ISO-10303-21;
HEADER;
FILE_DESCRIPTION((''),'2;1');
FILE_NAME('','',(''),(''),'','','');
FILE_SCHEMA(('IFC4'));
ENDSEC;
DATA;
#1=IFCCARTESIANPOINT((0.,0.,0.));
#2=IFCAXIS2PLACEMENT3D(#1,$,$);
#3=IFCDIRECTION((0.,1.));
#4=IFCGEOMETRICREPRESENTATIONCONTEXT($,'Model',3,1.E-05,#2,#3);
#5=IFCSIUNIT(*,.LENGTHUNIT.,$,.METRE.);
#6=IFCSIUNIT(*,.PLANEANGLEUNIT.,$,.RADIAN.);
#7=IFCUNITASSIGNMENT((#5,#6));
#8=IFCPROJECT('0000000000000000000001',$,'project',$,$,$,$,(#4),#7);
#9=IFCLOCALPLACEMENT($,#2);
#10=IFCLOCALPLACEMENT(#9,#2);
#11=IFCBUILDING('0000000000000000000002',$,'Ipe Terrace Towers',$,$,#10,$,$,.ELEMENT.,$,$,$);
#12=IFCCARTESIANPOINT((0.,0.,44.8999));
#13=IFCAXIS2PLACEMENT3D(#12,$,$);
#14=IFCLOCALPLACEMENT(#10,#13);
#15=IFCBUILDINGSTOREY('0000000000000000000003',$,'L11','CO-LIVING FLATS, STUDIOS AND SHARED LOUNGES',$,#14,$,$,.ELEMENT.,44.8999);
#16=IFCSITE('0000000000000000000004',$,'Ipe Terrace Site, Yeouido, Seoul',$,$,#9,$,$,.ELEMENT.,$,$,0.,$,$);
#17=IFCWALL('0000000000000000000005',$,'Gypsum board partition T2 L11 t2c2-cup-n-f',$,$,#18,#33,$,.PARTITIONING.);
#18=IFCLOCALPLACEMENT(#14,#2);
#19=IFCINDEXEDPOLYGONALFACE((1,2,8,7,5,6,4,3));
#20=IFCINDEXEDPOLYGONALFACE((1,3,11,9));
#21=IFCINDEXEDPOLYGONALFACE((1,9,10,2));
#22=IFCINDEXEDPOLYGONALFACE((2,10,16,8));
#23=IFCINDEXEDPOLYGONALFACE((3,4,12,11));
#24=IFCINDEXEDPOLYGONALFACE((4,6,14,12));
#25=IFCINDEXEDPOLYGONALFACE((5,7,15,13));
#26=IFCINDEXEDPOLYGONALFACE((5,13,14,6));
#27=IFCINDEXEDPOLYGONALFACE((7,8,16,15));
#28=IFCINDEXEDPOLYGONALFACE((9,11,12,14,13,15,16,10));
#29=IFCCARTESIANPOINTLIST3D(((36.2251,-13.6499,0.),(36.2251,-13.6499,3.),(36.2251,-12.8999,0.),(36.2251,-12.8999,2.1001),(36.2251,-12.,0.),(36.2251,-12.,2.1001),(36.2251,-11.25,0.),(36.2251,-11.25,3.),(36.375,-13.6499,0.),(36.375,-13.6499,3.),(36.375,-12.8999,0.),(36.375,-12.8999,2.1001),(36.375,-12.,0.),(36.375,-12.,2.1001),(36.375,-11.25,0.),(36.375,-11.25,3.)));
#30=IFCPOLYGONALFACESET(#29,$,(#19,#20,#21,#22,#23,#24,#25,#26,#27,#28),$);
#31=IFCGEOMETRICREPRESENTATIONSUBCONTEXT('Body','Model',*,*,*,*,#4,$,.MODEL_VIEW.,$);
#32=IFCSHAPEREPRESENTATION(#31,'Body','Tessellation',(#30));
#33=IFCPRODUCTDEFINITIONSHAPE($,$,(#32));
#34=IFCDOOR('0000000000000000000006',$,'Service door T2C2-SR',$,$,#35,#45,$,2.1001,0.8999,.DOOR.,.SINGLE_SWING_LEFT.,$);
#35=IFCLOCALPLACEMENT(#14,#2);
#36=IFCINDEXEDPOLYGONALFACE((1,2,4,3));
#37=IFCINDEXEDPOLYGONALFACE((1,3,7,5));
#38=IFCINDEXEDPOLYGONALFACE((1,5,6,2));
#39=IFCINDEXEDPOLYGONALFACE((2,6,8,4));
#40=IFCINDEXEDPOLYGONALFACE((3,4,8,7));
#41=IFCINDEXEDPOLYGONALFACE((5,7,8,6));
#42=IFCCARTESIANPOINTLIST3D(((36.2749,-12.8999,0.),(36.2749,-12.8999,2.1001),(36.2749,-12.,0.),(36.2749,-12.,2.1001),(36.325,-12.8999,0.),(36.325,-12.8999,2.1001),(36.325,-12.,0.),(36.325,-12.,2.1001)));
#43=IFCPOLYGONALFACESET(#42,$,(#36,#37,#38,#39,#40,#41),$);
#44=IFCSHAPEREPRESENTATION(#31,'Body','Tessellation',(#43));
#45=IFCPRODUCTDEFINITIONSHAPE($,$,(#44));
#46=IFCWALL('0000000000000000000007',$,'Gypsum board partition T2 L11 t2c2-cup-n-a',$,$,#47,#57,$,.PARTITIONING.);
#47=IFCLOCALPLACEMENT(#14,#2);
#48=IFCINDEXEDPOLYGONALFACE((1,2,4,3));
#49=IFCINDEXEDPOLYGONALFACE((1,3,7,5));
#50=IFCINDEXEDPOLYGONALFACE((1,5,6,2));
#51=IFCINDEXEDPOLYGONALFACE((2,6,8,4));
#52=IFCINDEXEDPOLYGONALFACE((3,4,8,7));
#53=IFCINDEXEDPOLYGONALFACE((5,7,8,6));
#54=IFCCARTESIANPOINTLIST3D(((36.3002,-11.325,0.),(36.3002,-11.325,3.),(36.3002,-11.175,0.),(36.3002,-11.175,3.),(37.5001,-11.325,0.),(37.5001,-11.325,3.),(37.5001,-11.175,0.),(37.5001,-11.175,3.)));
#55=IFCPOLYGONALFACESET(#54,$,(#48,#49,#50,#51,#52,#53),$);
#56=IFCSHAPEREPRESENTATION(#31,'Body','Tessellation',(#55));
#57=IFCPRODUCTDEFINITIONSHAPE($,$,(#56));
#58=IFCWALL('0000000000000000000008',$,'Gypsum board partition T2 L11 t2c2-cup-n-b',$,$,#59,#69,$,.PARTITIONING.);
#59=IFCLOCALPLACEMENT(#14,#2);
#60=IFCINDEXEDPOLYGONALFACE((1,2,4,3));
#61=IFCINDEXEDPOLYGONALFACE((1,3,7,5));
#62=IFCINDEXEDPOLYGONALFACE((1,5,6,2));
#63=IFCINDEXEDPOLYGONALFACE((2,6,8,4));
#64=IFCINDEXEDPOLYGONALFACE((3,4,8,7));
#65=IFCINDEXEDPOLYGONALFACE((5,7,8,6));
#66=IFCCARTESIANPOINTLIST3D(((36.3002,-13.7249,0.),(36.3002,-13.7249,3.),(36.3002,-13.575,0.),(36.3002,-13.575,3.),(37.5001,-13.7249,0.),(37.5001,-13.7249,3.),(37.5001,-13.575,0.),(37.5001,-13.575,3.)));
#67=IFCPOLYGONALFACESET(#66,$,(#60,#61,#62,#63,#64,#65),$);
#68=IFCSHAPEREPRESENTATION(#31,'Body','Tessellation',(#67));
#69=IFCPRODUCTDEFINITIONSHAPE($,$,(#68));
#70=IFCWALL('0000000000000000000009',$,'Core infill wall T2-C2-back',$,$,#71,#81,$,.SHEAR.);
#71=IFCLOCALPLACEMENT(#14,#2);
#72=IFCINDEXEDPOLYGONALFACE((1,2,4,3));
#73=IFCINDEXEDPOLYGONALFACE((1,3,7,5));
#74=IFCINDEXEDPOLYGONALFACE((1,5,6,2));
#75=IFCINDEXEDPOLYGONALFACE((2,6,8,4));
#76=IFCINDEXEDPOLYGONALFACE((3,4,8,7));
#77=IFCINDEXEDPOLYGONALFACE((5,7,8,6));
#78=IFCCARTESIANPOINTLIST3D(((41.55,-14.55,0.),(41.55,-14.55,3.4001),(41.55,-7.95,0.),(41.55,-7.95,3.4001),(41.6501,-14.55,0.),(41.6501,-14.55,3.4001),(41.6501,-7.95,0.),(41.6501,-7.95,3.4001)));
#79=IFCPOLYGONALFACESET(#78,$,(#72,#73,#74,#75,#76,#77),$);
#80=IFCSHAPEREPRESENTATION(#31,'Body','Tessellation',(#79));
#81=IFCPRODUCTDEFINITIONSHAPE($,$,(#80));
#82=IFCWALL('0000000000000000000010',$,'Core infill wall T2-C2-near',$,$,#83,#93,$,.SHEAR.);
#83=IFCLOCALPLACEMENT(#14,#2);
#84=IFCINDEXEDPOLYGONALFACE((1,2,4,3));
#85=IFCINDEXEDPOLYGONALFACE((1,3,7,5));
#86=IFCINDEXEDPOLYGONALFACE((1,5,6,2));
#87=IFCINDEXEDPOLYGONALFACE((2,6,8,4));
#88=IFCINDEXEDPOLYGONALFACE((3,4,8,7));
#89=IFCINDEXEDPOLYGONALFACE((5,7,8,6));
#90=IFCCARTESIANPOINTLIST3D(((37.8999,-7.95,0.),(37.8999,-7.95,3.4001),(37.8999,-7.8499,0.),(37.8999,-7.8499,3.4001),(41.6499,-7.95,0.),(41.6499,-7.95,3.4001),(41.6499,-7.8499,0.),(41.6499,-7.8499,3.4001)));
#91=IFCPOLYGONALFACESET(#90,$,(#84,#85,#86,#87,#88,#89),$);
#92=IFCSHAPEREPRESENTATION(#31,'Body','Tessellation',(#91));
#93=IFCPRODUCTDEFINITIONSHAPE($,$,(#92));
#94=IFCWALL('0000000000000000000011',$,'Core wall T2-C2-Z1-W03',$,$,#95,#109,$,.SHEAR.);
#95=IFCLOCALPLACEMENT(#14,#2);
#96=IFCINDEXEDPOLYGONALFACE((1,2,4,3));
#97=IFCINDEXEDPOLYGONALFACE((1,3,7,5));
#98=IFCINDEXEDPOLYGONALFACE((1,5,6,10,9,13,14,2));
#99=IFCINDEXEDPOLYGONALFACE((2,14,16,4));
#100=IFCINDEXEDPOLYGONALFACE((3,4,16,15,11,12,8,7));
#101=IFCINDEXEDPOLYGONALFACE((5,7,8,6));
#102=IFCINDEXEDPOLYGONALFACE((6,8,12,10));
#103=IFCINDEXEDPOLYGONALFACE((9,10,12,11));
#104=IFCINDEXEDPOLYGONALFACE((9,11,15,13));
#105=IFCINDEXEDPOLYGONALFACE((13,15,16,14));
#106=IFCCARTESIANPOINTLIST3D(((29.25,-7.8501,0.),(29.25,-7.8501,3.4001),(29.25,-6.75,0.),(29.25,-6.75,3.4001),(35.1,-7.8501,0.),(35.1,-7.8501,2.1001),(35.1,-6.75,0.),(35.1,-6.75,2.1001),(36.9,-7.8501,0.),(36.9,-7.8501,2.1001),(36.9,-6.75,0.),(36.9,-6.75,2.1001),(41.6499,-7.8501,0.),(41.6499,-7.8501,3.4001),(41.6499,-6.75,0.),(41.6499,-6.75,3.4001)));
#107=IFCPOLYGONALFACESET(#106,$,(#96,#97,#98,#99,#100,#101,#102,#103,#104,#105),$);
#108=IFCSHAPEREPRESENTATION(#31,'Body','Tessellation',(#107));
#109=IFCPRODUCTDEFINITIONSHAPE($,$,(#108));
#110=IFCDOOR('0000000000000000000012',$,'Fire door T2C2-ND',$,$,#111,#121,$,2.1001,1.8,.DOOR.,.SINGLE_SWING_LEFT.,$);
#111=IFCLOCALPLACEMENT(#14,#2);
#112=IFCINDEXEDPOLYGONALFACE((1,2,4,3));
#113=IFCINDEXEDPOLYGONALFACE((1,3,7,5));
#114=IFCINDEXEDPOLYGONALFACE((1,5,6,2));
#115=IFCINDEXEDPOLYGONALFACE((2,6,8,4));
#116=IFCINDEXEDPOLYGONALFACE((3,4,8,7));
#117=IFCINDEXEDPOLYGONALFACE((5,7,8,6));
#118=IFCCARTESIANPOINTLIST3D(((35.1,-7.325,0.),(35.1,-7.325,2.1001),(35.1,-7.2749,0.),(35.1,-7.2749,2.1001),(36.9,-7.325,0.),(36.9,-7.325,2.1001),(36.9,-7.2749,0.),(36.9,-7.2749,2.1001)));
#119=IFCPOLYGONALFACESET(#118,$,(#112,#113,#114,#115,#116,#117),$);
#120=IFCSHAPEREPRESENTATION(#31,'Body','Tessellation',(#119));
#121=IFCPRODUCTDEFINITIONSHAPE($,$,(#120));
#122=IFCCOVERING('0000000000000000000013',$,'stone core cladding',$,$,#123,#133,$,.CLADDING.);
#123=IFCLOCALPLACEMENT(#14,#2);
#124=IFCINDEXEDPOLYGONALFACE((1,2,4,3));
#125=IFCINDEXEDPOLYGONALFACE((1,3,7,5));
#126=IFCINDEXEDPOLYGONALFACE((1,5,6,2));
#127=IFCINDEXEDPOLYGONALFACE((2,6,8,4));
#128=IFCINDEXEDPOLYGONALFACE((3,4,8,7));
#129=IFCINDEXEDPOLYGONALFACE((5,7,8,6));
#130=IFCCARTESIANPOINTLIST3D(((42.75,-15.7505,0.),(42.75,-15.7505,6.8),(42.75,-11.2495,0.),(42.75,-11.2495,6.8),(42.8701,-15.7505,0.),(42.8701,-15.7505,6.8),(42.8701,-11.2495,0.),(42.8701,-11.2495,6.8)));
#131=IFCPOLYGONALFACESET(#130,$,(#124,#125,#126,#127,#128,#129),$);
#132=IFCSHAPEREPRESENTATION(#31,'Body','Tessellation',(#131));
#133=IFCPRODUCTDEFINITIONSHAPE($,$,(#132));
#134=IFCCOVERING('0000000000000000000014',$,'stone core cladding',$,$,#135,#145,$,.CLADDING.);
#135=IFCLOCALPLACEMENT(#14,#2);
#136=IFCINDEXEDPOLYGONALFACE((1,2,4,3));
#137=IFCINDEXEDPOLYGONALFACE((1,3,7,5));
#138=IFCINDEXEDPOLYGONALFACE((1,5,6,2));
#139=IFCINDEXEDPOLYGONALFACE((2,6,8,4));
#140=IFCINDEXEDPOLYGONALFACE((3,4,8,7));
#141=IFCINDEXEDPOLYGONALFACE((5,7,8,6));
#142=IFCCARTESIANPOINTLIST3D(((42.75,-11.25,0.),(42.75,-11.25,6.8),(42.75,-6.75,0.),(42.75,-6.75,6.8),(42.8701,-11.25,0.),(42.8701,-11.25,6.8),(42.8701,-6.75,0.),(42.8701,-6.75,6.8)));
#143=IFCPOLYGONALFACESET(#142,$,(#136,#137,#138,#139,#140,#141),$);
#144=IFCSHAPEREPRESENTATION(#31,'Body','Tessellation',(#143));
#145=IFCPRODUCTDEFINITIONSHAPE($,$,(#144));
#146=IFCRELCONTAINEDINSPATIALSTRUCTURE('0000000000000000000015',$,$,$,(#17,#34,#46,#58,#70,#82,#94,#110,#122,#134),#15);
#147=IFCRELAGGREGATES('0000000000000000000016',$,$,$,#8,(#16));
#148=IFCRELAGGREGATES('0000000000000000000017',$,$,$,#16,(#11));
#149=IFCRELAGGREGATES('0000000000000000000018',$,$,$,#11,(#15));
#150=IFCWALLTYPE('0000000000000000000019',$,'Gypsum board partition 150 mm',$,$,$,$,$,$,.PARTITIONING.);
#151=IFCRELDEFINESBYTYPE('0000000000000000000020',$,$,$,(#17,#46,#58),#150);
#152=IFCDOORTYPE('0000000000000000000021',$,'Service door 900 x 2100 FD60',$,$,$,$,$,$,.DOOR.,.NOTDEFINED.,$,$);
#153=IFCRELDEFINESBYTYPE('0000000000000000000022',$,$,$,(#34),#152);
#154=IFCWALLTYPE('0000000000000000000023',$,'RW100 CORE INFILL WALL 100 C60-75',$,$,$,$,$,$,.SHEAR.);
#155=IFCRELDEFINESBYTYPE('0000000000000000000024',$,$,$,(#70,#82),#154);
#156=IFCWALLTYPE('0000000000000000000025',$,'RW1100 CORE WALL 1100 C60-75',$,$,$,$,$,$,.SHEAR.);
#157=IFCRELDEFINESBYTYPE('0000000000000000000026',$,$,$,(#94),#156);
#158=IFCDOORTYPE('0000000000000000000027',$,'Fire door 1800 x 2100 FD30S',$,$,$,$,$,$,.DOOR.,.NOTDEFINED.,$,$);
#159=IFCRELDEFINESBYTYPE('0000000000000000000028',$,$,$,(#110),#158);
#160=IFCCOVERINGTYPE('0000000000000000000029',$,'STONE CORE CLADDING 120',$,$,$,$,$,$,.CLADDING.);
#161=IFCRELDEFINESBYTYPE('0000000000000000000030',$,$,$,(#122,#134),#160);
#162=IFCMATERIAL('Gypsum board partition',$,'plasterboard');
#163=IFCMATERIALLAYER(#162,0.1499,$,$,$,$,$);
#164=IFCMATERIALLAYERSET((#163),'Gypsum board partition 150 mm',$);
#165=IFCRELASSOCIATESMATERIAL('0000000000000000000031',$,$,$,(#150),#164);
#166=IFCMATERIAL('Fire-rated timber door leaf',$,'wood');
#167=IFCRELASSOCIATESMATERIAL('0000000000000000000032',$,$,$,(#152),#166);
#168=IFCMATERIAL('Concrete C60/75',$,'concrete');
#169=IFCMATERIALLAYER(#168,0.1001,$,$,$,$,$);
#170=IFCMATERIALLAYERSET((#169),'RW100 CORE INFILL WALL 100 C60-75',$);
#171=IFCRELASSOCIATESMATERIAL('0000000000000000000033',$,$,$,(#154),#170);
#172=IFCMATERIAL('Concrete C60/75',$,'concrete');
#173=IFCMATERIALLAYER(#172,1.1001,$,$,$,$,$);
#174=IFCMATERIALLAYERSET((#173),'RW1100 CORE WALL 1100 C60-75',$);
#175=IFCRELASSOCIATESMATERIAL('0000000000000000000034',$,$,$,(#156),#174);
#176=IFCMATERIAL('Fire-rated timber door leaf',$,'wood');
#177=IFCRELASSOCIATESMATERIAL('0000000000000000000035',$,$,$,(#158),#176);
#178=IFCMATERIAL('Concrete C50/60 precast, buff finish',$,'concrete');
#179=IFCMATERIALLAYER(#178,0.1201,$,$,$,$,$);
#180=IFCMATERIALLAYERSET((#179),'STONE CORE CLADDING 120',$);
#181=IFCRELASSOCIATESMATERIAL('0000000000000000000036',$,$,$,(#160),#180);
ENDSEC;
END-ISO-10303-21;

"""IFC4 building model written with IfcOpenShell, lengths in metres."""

from ifc_helpers import new_model, si_unit, direction, frame, frame_2d, origin, origin_2d, place, context, subcontext, project, spatial, rectangle, extrude, material, layer, layer_set, type_object, element, fill, save


model = new_model("IFC4")

# Units and contexts
model_context = context("Model", 3, precision=1e-05, world=origin(), true_north=direction((0.0, 1.0)))
body_context = subcontext(model_context, "Body", "Model", "MODEL_VIEW")
ifc_project = project(units=[si_unit("LENGTHUNIT", "METRE"), si_unit("PLANEANGLEUNIT", "RADIAN")], contexts=[model_context])

# Site, building, storey
site_placement = place(None, origin())
site = spatial("IfcSite", under=ifc_project, at=site_placement, Name="Ipe Terrace Site, Yeouido, Seoul", CompositionType="ELEMENT", RefElevation=0.0)
building_placement = place(site_placement, origin())
building = spatial("IfcBuilding", under=site, at=building_placement, Name="Ipe Terrace Towers", CompositionType="ELEMENT")
storey_placement = place(building_placement, frame((0.0, 0.0, 44.8999)))
storey = spatial("IfcBuildingStorey", under=building, at=storey_placement, Name="L11", Description="CO-LIVING FLATS, STUDIOS AND SHARED LOUNGES", CompositionType="ELEMENT", Elevation=44.8999)

# Wall, opening, door
ifc_material_1 = material(Name="Gypsum board partition", Category="plasterboard")
ifc_layer_1 = layer(ifc_material_1, 0.1499)
ifc_layer_set_1 = layer_set([ifc_layer_1], Name="Gypsum board partition 150 mm")
wall_type_1 = type_object("IfcWallType", Name="Gypsum board partition 150 mm", PredefinedType="PARTITIONING", material=ifc_layer_set_1)
wall_1_placement = place(storey_placement, frame((36.3, -11.25, 0.0), z_axis=(0.0, 0.0, 1.0), x_axis=(0.0, -1.0, 0.0)))
wall_1 = element("IfcWall", 1, at=wall_1_placement, inside=storey, type_object=wall_type_1, Name="Gypsum board partition T2 L11 t2c2-cup-n-f", PredefinedType="PARTITIONING", context=body_context, shape_type="SweptSolid", body=[
    extrude(rectangle(XDim=2.3999, YDim=0.1499, at=frame_2d((1.2, 0.0))), origin(), (0.0, 0.0, 1.0), 3.0),
])
opening_1_placement = place(wall_1_placement, frame((0.75, 0.0, 0.0)))
opening_1 = element("IfcOpeningElement", 2, at=opening_1_placement, cuts=wall_1, PredefinedType="OPENING", context=body_context, shape_type="SweptSolid", body=[
    extrude(rectangle(XDim=0.8999, YDim=2.1001, at=frame_2d((0.45, 1.05))), frame((0.0, 0.085, 0.0), z_axis=(0.0, -1.0, 0.0), x_axis=(1.0, 0.0, 0.0)), (0.0, 0.0, 1.0), 0.1699),
])
ifc_material_2 = material(Name="Fire-rated timber door leaf", Category="wood")
door_type_1 = type_object("IfcDoorType", Name="Service door 900 x 2100 FD60", OperationType="NOTDEFINED", PredefinedType="DOOR", material=ifc_material_2)
door_1_placement = place(opening_1_placement, origin())
door_1 = element("IfcDoor", 3, at=door_1_placement, inside=storey, type_object=door_type_1, Name="Service door T2C2-SR", OperationType="SINGLE_SWING_LEFT", OverallHeight=2.1001, OverallWidth=0.8999, PredefinedType="DOOR", context=body_context, shape_type="SweptSolid", body=[
    extrude(rectangle(XDim=0.8999, YDim=2.1001, at=frame_2d((0.45, 1.05))), frame((0.0, 0.0249, 0.0), z_axis=(0.0, -1.0, 0.0), x_axis=(1.0, 0.0, 0.0)), (0.0, 0.0, 1.0), 0.05),
])
fill(opening_1, door_1)

# Walls
for number, where, z_axis, x_axis, name in (
    (4, (36.3, -11.25, 0.0), (0.0, 0.0, 1.0), (1.0, 0.0, 0.0), "Gypsum board partition T2 L11 t2c2-cup-n-a"),
    (5, (36.3, -13.6499, 0.0), (0.0, 0.0, 1.0), (1.0, 0.0, 0.0), "Gypsum board partition T2 L11 t2c2-cup-n-b"),
):
    element("IfcWall", number, at=place(storey_placement, frame(where, z_axis=z_axis, x_axis=x_axis)), inside=storey, type_object=wall_type_1, Name=name, PredefinedType="PARTITIONING", context=body_context, shape_type="SweptSolid", body=[
        extrude(rectangle(XDim=1.2, YDim=0.1499, at=frame_2d((0.6001, 0.0))), origin(), (0.0, 0.0, 1.0), 3.0),
    ])
ifc_material_3 = material(Name="Concrete C60/75", Category="concrete")
ifc_layer_2 = layer(ifc_material_3, 0.1001)
ifc_layer_set_2 = layer_set([ifc_layer_2], Name="RW100 CORE INFILL WALL 100 C60-75")
wall_type_2 = type_object("IfcWallType", Name="RW100 CORE INFILL WALL 100 C60-75", PredefinedType="SHEAR", material=ifc_layer_set_2)
wall_2_placement = place(storey_placement, frame((41.6001, -7.95, 0.0), z_axis=(0.0, 0.0, 1.0), x_axis=(0.0, -1.0, 0.0)))
element("IfcWall", 6, at=wall_2_placement, inside=storey, type_object=wall_type_2, Name="Core infill wall T2-C2-back", PredefinedType="SHEAR", context=body_context, shape_type="SweptSolid", body=[
    extrude(rectangle(XDim=6.6001, YDim=0.1001, at=frame_2d((3.3, 0.0))), origin(), (0.0, 0.0, 1.0), 3.4001),
])
wall_3_placement = place(storey_placement, frame((37.8999, -7.8999, 0.0), z_axis=(0.0, 0.0, 1.0), x_axis=(1.0, 0.0, 0.0)))
element("IfcWall", 7, at=wall_3_placement, inside=storey, type_object=wall_type_2, Name="Core infill wall T2-C2-near", PredefinedType="SHEAR", context=body_context, shape_type="SweptSolid", body=[
    extrude(rectangle(XDim=3.75, YDim=0.1001, at=frame_2d((1.875, 0.0))), origin(), (0.0, 0.0, 1.0), 3.4001),
])

# Wall, opening, door
ifc_material_4 = material(Name="Concrete C60/75", Category="concrete")
ifc_layer_3 = layer(ifc_material_4, 1.1001)
ifc_layer_set_3 = layer_set([ifc_layer_3], Name="RW1100 CORE WALL 1100 C60-75")
wall_type_3 = type_object("IfcWallType", Name="RW1100 CORE WALL 1100 C60-75", PredefinedType="SHEAR", material=ifc_layer_set_3)
wall_4_placement = place(storey_placement, frame((41.6499, -7.3, 0.0), z_axis=(0.0, 0.0, 1.0), x_axis=(-1.0, 0.0, 0.0)))
wall_4 = element("IfcWall", 8, at=wall_4_placement, inside=storey, type_object=wall_type_3, Name="Core wall T2-C2-Z1-W03", PredefinedType="SHEAR", context=body_context, shape_type="SweptSolid", body=[
    extrude(rectangle(XDim=12.3999, YDim=1.1001, at=frame_2d((6.2, 0.0))), origin(), (0.0, 0.0, 1.0), 3.4001),
])
opening_2_placement = place(wall_4_placement, frame((4.75, 0.0, 0.0)))
opening_2 = element("IfcOpeningElement", 9, at=opening_2_placement, cuts=wall_4, PredefinedType="OPENING", context=body_context, shape_type="SweptSolid", body=[
    extrude(rectangle(XDim=1.8, YDim=2.1001, at=frame_2d((0.8999, 1.05))), frame((0.0, 0.5601, 0.0), z_axis=(0.0, -1.0, 0.0), x_axis=(1.0, 0.0, 0.0)), (0.0, 0.0, 1.0), 1.1201),
])
ifc_material_5 = material(Name="Fire-rated timber door leaf", Category="wood")
door_type_2 = type_object("IfcDoorType", Name="Fire door 1800 x 2100 FD30S", OperationType="NOTDEFINED", PredefinedType="DOOR", material=ifc_material_5)
door_2_placement = place(opening_2_placement, origin())
door_2 = element("IfcDoor", 10, at=door_2_placement, inside=storey, type_object=door_type_2, Name="Fire door T2C2-ND", OperationType="SINGLE_SWING_LEFT", OverallHeight=2.1001, OverallWidth=1.8, PredefinedType="DOOR", context=body_context, shape_type="SweptSolid", body=[
    extrude(rectangle(XDim=1.8, YDim=2.1001, at=frame_2d((0.8999, 1.05))), frame((0.0, 0.0249, 0.0), z_axis=(0.0, -1.0, 0.0), x_axis=(1.0, 0.0, 0.0)), (0.0, 0.0, 1.0), 0.05),
])
fill(opening_2, door_2)

# Coverings
ifc_material_6 = material(Name="Concrete C50/60 precast, buff finish", Category="concrete")
ifc_layer_4 = layer(ifc_material_6, 0.1201)
ifc_layer_set_4 = layer_set([ifc_layer_4], Name="STONE CORE CLADDING 120")
covering_type = type_object("IfcCoveringType", Name="STONE CORE CLADDING 120", PredefinedType="CLADDING", material=ifc_layer_set_4)
covering_1_placement = place(storey_placement, frame((42.8101, -13.5, 0.0), z_axis=(0.0, 0.0, 1.0), x_axis=(0.0, 1.0, 0.0)))
element("IfcCovering", 11, at=covering_1_placement, inside=storey, type_object=covering_type, Name="stone core cladding", PredefinedType="CLADDING", context=body_context, shape_type="SweptSolid", body=[
    extrude(rectangle(XDim=4.501, YDim=0.1201, at=origin_2d()), origin(), (0.0, 0.0, 1.0), 6.8),
])
covering_2_placement = place(storey_placement, frame((42.8101, -9.0, 0.0), z_axis=(0.0, 0.0, 1.0), x_axis=(0.0, 1.0, 0.0)))
element("IfcCovering", 12, at=covering_2_placement, inside=storey, type_object=covering_type, Name="stone core cladding", PredefinedType="CLADDING", context=body_context, shape_type="SweptSolid", body=[
    extrude(rectangle(XDim=4.5, YDim=0.1201, at=origin_2d()), origin(), (0.0, 0.0, 1.0), 6.8),
])

save(model, "model.ifc")
